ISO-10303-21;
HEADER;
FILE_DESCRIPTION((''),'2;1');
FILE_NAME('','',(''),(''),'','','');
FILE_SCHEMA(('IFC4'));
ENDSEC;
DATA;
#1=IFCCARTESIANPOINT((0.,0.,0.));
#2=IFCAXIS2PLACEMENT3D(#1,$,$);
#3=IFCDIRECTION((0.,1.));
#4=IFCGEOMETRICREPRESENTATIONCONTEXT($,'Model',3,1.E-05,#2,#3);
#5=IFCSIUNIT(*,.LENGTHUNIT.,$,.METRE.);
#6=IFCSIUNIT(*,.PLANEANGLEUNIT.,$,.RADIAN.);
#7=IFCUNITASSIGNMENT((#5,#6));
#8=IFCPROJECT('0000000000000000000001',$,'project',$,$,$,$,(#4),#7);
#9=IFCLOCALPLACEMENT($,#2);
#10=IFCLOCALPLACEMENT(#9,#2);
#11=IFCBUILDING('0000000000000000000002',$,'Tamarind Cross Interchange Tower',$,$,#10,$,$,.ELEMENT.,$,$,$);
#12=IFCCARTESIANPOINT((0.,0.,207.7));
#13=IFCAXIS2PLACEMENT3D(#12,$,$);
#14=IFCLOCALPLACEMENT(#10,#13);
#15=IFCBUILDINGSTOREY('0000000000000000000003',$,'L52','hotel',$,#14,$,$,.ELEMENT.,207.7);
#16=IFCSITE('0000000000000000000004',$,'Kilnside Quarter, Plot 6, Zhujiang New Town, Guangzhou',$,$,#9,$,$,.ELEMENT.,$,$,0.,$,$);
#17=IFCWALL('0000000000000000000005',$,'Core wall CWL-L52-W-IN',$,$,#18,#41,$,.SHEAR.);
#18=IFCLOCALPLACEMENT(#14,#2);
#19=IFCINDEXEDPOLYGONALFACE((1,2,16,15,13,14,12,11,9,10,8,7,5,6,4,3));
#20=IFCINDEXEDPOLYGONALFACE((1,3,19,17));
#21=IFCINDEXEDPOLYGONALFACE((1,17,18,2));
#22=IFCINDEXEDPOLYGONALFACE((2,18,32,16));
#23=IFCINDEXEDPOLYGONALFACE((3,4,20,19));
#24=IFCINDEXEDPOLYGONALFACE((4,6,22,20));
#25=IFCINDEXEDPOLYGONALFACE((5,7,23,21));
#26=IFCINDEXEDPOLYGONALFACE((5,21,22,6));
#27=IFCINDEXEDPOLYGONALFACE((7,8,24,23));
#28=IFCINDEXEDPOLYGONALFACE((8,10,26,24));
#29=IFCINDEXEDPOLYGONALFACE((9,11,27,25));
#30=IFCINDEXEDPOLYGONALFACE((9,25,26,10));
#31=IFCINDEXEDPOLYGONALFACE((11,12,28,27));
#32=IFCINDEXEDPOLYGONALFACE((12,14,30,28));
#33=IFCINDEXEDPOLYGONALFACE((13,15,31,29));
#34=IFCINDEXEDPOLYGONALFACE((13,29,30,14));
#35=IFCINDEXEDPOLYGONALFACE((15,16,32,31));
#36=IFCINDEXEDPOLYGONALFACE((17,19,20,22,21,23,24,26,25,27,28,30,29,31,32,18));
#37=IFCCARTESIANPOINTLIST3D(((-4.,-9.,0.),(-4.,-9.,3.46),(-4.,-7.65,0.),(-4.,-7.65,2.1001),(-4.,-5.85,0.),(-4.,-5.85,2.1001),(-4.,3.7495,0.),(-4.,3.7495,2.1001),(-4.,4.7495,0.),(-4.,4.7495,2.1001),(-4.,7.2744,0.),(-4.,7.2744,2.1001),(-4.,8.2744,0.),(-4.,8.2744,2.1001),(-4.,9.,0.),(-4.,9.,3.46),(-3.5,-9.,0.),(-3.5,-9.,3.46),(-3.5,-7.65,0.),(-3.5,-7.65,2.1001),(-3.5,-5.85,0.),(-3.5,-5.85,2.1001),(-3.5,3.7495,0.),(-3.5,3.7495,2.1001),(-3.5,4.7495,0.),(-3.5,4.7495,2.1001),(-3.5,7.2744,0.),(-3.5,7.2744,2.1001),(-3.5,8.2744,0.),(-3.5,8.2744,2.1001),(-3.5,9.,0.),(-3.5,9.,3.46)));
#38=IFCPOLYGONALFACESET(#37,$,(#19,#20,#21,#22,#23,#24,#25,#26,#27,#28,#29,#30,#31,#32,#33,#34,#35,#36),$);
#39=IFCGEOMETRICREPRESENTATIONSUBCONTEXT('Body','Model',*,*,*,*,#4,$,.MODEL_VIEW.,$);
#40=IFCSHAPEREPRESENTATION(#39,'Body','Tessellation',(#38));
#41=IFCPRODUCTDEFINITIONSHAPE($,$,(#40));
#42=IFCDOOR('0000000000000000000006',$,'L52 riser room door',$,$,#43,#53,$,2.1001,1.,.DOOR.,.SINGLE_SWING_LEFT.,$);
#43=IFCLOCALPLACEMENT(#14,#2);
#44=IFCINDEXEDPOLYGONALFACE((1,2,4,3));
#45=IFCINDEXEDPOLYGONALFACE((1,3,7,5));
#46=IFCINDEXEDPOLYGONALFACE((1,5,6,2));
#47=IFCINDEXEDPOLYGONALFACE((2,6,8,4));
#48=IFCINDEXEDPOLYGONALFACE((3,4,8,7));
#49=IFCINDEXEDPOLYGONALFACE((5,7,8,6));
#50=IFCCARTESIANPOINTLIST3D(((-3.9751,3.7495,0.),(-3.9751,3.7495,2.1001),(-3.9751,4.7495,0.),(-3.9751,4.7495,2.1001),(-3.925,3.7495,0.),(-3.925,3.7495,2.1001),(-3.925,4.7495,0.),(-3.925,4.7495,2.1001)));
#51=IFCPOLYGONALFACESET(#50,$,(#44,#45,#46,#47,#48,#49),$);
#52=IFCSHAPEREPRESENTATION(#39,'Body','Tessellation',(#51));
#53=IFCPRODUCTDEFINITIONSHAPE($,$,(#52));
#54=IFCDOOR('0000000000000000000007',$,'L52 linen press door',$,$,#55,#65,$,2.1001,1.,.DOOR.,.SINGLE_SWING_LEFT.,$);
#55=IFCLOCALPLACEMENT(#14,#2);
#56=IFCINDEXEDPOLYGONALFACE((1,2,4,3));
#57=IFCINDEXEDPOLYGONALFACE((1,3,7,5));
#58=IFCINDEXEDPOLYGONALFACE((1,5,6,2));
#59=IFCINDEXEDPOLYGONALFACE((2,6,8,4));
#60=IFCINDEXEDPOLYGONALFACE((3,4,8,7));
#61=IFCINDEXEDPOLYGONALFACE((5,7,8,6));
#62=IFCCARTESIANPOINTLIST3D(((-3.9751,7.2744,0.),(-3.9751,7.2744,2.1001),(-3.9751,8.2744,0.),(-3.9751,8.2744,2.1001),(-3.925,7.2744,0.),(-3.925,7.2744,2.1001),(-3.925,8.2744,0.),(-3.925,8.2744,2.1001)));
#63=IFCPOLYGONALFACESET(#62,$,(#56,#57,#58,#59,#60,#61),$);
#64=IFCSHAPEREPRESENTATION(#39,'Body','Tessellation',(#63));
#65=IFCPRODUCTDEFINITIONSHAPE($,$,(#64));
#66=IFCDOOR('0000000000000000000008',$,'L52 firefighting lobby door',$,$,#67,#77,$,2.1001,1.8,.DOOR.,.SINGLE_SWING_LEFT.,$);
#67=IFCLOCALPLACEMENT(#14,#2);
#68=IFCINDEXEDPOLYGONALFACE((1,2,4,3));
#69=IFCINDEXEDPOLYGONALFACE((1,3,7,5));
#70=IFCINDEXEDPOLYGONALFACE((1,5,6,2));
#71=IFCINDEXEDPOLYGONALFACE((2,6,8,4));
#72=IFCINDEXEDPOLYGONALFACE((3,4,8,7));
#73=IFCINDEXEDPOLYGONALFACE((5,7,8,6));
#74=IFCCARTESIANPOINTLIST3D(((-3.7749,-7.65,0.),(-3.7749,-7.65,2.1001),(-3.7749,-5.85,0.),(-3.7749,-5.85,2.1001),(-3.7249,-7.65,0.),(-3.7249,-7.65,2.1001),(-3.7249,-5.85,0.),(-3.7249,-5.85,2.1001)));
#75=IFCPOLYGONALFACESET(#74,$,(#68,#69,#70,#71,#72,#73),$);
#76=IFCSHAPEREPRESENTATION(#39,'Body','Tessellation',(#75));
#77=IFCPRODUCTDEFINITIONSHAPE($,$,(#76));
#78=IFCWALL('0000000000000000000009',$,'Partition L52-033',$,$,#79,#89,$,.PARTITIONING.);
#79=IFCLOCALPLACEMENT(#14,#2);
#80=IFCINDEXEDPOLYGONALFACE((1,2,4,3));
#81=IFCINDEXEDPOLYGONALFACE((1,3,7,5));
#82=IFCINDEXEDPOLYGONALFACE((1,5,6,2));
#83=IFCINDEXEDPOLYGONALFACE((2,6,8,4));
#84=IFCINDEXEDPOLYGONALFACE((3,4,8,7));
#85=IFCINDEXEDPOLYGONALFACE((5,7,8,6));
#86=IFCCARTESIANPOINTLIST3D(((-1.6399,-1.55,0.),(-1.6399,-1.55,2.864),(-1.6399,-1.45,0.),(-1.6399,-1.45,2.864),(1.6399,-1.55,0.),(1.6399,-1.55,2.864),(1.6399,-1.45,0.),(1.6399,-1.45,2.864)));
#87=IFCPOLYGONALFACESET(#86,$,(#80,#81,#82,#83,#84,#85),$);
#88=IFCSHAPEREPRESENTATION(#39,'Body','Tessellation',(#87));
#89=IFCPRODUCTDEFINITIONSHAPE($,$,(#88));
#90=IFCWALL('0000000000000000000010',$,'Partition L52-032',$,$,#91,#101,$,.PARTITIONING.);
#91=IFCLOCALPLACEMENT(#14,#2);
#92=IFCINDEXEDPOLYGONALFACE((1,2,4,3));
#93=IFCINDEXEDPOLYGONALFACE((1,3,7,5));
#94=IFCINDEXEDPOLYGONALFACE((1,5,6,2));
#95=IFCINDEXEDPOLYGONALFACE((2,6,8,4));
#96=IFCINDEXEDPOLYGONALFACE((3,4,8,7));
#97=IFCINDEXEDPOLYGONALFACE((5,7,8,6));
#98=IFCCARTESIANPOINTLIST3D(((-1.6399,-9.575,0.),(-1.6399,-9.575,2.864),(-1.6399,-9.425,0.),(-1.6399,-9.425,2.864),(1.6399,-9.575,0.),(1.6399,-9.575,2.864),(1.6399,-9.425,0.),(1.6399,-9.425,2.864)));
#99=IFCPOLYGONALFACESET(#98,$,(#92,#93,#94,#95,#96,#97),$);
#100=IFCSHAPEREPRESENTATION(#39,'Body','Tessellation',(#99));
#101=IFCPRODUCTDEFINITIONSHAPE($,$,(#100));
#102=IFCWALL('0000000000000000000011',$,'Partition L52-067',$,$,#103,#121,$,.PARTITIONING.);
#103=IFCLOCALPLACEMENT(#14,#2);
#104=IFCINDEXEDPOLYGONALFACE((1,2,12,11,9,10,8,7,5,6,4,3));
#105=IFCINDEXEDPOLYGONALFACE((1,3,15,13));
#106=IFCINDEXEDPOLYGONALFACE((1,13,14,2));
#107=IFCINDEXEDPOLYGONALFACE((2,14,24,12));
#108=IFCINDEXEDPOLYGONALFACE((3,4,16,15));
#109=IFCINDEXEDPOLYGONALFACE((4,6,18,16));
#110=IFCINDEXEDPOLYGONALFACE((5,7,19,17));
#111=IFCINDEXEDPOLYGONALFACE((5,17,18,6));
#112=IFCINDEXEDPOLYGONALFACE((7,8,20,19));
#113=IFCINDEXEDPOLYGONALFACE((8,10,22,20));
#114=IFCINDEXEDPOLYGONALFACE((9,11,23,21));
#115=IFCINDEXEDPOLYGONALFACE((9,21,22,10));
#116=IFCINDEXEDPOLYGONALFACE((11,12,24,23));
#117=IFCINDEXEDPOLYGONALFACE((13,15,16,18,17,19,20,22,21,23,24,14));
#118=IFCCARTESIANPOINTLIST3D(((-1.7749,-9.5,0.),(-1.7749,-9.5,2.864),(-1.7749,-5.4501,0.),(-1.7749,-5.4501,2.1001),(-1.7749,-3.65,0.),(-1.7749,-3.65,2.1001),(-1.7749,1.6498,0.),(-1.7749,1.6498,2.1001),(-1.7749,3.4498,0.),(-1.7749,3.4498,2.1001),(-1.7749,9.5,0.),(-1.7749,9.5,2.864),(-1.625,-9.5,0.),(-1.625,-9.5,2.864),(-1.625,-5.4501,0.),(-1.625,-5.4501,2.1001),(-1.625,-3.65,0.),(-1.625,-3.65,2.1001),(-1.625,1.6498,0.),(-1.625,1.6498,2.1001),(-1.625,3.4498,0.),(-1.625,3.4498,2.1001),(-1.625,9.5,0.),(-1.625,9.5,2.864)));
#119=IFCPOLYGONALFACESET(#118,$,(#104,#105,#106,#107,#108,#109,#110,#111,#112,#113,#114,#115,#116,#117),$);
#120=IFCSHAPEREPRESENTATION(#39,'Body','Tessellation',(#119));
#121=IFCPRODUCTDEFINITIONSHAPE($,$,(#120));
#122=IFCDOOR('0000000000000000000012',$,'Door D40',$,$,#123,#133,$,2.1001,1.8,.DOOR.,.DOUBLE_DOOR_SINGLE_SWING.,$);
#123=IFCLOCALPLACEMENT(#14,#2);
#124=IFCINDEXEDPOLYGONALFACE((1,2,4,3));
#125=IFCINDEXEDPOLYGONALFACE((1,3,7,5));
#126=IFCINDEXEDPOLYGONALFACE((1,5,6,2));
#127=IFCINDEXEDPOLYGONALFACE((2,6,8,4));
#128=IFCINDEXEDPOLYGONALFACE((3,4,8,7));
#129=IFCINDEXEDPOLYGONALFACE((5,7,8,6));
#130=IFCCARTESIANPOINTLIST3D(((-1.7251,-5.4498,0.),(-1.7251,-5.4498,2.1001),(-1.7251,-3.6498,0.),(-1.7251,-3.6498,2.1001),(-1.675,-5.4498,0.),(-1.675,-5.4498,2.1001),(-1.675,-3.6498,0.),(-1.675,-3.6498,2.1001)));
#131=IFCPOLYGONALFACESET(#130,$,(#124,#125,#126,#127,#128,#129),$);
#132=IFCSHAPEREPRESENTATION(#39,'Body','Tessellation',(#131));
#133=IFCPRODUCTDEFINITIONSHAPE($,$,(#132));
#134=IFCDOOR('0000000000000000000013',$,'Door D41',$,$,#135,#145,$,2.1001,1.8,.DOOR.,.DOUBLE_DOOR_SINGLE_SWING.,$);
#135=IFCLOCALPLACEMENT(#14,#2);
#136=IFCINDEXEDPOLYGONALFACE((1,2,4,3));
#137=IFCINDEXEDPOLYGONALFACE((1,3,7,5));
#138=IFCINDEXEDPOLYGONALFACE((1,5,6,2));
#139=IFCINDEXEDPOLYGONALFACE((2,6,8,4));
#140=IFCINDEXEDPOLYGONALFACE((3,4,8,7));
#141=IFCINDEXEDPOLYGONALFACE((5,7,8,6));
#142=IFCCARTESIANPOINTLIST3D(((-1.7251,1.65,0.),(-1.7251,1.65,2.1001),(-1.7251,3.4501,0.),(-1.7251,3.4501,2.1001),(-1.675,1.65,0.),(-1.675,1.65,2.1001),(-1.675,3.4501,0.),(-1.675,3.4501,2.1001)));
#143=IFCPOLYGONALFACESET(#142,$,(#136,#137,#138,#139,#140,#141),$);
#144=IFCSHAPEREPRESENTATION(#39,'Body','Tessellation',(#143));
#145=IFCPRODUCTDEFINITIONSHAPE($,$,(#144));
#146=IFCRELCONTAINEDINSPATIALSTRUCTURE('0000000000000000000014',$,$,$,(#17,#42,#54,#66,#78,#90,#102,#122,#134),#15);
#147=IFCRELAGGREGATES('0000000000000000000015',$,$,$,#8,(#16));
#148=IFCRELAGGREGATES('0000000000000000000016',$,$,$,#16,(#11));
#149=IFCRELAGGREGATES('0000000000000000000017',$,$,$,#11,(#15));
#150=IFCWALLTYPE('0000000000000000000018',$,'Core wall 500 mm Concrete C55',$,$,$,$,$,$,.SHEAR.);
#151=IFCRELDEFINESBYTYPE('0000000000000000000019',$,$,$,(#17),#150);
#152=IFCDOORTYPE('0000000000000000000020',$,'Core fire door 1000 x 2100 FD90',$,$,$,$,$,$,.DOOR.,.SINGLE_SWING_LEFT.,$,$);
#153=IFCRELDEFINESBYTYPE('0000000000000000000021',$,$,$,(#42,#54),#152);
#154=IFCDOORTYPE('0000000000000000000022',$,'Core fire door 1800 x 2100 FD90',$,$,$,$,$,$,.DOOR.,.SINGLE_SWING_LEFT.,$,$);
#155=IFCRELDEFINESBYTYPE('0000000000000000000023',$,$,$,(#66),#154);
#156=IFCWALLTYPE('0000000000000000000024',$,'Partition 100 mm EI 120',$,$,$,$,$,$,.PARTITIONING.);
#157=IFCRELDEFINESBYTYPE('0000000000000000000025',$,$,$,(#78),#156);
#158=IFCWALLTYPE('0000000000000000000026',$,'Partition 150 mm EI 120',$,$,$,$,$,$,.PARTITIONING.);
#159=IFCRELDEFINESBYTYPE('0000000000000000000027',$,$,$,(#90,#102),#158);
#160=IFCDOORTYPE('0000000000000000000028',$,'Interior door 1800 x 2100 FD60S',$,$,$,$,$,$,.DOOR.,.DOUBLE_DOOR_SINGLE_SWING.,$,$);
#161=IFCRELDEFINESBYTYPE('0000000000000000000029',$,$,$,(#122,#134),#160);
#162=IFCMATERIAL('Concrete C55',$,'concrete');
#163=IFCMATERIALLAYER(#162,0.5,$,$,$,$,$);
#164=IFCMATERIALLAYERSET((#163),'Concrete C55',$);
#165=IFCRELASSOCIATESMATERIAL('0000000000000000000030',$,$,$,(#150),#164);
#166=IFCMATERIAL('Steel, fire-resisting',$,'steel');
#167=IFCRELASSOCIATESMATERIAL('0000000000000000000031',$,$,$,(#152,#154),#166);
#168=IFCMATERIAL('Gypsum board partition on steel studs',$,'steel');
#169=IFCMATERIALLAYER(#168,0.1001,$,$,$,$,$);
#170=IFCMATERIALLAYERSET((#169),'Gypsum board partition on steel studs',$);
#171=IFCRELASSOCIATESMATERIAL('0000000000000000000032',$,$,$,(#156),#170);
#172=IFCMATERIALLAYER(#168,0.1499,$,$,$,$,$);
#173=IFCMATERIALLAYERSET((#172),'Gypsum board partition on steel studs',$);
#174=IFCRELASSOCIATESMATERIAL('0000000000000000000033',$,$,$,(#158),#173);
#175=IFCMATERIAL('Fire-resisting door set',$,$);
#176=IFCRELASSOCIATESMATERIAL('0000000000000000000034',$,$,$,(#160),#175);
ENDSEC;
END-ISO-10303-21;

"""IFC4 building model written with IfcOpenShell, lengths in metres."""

from ifc_helpers import new_model, si_unit, direction, frame, frame_2d, origin, place, context, subcontext, project, spatial, rectangle, extrude, material, layer, layer_set, type_object, element, fill, save


model = new_model("IFC4")

# Units and contexts
model_context = context("Model", 3, precision=1e-05, world=origin(), true_north=direction((0.0, 1.0)))
body_context = subcontext(model_context, "Body", "Model", "MODEL_VIEW")
ifc_project = project(units=[si_unit("LENGTHUNIT", "METRE"), si_unit("PLANEANGLEUNIT", "RADIAN")], contexts=[model_context])

# Site, building, storey
site_placement = place(None, origin())
site = spatial("IfcSite", under=ifc_project, at=site_placement, Name="Kilnside Quarter, Plot 6, Zhujiang New Town, Guangzhou", CompositionType="ELEMENT", RefElevation=0.0)
building_placement = place(site_placement, origin())
building = spatial("IfcBuilding", under=site, at=building_placement, Name="Tamarind Cross Interchange Tower", CompositionType="ELEMENT")
storey_placement = place(building_placement, frame((0.0, 0.0, 207.7)))
storey = spatial("IfcBuildingStorey", under=building, at=storey_placement, Name="L52", Description="hotel", CompositionType="ELEMENT", Elevation=207.7)

# Wall, openings, doors
ifc_material_1 = material(Name="Concrete C55", Category="concrete")
ifc_layer_1 = layer(ifc_material_1, 0.5)
ifc_layer_set_1 = layer_set([ifc_layer_1], Name="Concrete C55")
wall_type_1 = type_object("IfcWallType", Name="Core wall 500 mm Concrete C55", PredefinedType="SHEAR", material=ifc_layer_set_1)
wall_1_placement = place(storey_placement, frame((-3.75, -9.0, 0.0), z_axis=(0.0, 0.0, 1.0), x_axis=(0.0, 1.0, 0.0)))
wall_1 = element("IfcWall", 1, at=wall_1_placement, inside=storey, type_object=wall_type_1, Name="Core wall CWL-L52-W-IN", PredefinedType="SHEAR", context=body_context, shape_type="SweptSolid", body=[
    extrude(rectangle(XDim=18.0, YDim=0.5, at=frame_2d((9.0, 0.0))), origin(), (0.0, 0.0, 1.0), 3.46),
])
opening_1_placement = place(wall_1_placement, frame((1.3501, 0.0, 0.0)))
opening_1 = element("IfcOpeningElement", 2, at=opening_1_placement, cuts=wall_1, PredefinedType="OPENING", context=body_context, shape_type="SweptSolid", body=[
    extrude(rectangle(XDim=1.8, YDim=2.1001, at=frame_2d((0.8999, 1.05))), frame((0.0, 0.26, 0.0), z_axis=(0.0, -1.0, 0.0), x_axis=(1.0, 0.0, 0.0)), (0.0, 0.0, 1.0), 0.52),
])
opening_2_placement = place(wall_1_placement, frame((12.7495, 0.0, 0.0)))
opening_2 = element("IfcOpeningElement", 3, at=opening_2_placement, cuts=wall_1, PredefinedType="OPENING", context=body_context, shape_type="SweptSolid", body=[
    extrude(rectangle(XDim=1.0, YDim=2.1001, at=frame_2d((0.5, 1.05))), frame((0.0, 0.26, 0.0), z_axis=(0.0, -1.0, 0.0), x_axis=(1.0, 0.0, 0.0)), (0.0, 0.0, 1.0), 0.52),
])
opening_3_placement = place(wall_1_placement, frame((16.2744, 0.0, 0.0)))
opening_3 = element("IfcOpeningElement", 4, at=opening_3_placement, cuts=wall_1, PredefinedType="OPENING", context=body_context, shape_type="SweptSolid", body=[
    extrude(rectangle(XDim=1.0, YDim=2.1001, at=frame_2d((0.5, 1.05))), frame((0.0, 0.26, 0.0), z_axis=(0.0, -1.0, 0.0), x_axis=(1.0, 0.0, 0.0)), (0.0, 0.0, 1.0), 0.52),
])
ifc_material_2 = material(Name="Steel, fire-resisting", Category="steel")
door_type_1 = type_object("IfcDoorType", Name="Core fire door 1000 x 2100 FD90", OperationType="SINGLE_SWING_LEFT", PredefinedType="DOOR", material=ifc_material_2)
door_1_placement = place(opening_2_placement, origin())
door_1 = element("IfcDoor", 5, at=door_1_placement, inside=storey, type_object=door_type_1, Name="L52 riser room door", OperationType="SINGLE_SWING_LEFT", OverallHeight=2.1001, OverallWidth=1.0, PredefinedType="DOOR", context=body_context, shape_type="SweptSolid", body=[
    extrude(rectangle(XDim=1.0, YDim=2.1001, at=frame_2d((0.5, 1.05))), frame((0.0, 0.2251, 0.0), z_axis=(0.0, -1.0, 0.0), x_axis=(1.0, 0.0, 0.0)), (0.0, 0.0, 1.0), 0.05),
])
fill(opening_2, door_1)
door_2_placement = place(opening_3_placement, origin())
door_2 = element("IfcDoor", 6, at=door_2_placement, inside=storey, type_object=door_type_1, Name="L52 linen press door", OperationType="SINGLE_SWING_LEFT", OverallHeight=2.1001, OverallWidth=1.0, PredefinedType="DOOR", context=body_context, shape_type="SweptSolid", body=[
    extrude(rectangle(XDim=1.0, YDim=2.1001, at=frame_2d((0.5, 1.05))), frame((0.0, 0.2251, 0.0), z_axis=(0.0, -1.0, 0.0), x_axis=(1.0, 0.0, 0.0)), (0.0, 0.0, 1.0), 0.05),
])
fill(opening_3, door_2)
door_type_2 = type_object("IfcDoorType", Name="Core fire door 1800 x 2100 FD90", OperationType="SINGLE_SWING_LEFT", PredefinedType="DOOR", material=ifc_material_2)
door_3_placement = place(opening_1_placement, origin())
door_3 = element("IfcDoor", 7, at=door_3_placement, inside=storey, type_object=door_type_2, Name="L52 firefighting lobby door", OperationType="SINGLE_SWING_LEFT", OverallHeight=2.1001, OverallWidth=1.8, PredefinedType="DOOR", context=body_context, shape_type="SweptSolid", body=[
    extrude(rectangle(XDim=1.8, YDim=2.1001, at=frame_2d((0.8999, 1.05))), frame((0.0, 0.0249, 0.0), z_axis=(0.0, -1.0, 0.0), x_axis=(1.0, 0.0, 0.0)), (0.0, 0.0, 1.0), 0.05),
])
fill(opening_1, door_3)

# Walls
ifc_material_3 = material(Name="Gypsum board partition on steel studs", Category="steel")
ifc_layer_2 = layer(ifc_material_3, 0.1001)
ifc_layer_set_2 = layer_set([ifc_layer_2], Name="Gypsum board partition on steel studs")
wall_type_2 = type_object("IfcWallType", Name="Partition 100 mm EI 120", PredefinedType="PARTITIONING", material=ifc_layer_set_2)
wall_2_placement = place(storey_placement, frame((-1.6399, -1.5, 0.0), z_axis=(0.0, 0.0, 1.0), x_axis=(1.0, 0.0, 0.0)))
element("IfcWall", 8, at=wall_2_placement, inside=storey, type_object=wall_type_2, Name="Partition L52-033", PredefinedType="PARTITIONING", context=body_context, shape_type="SweptSolid", body=[
    extrude(rectangle(XDim=3.2798, YDim=0.1001, at=frame_2d((1.6399, 0.0))), origin(), (0.0, 0.0, 1.0), 2.864),
])
ifc_layer_3 = layer(ifc_material_3, 0.1499)
ifc_layer_set_3 = layer_set([ifc_layer_3], Name="Gypsum board partition on steel studs")
wall_type_3 = type_object("IfcWallType", Name="Partition 150 mm EI 120", PredefinedType="PARTITIONING", material=ifc_layer_set_3)
wall_3_placement = place(storey_placement, frame((-1.6399, -9.5, 0.0), z_axis=(0.0, 0.0, 1.0), x_axis=(1.0, 0.0, 0.0)))
element("IfcWall", 9, at=wall_3_placement, inside=storey, type_object=wall_type_3, Name="Partition L52-032", PredefinedType="PARTITIONING", context=body_context, shape_type="SweptSolid", body=[
    extrude(rectangle(XDim=3.2798, YDim=0.1499, at=frame_2d((1.6399, 0.0))), origin(), (0.0, 0.0, 1.0), 2.864),
])

# Wall, openings, doors
wall_4_placement = place(storey_placement, frame((-1.7, -9.5, 0.0), z_axis=(0.0, 0.0, 1.0), x_axis=(0.0, 1.0, 0.0)))
wall_4 = element("IfcWall", 10, at=wall_4_placement, inside=storey, type_object=wall_type_3, Name="Partition L52-067", PredefinedType="PARTITIONING", context=body_context, shape_type="SweptSolid", body=[
    extrude(rectangle(XDim=19.0, YDim=0.1499, at=frame_2d((9.5, 0.0))), origin(), (0.0, 0.0, 1.0), 2.864),
])
opening_4_placement = place(wall_4_placement, frame((4.05, 0.0, 0.0)))
opening_4 = element("IfcOpeningElement", 11, at=opening_4_placement, cuts=wall_4, PredefinedType="OPENING", context=body_context, shape_type="SweptSolid", body=[
    extrude(rectangle(XDim=1.8, YDim=2.1001, at=frame_2d((0.8999, 1.05))), frame((0.0, 0.085, 0.0), z_axis=(0.0, -1.0, 0.0), x_axis=(1.0, 0.0, 0.0)), (0.0, 0.0, 1.0), 0.1699),
])
opening_5_placement = place(wall_4_placement, frame((11.1499, 0.0, 0.0)))
opening_5 = element("IfcOpeningElement", 12, at=opening_5_placement, cuts=wall_4, PredefinedType="OPENING", context=body_context, shape_type="SweptSolid", body=[
    extrude(rectangle(XDim=1.8, YDim=2.1001, at=frame_2d((0.8999, 1.05))), frame((0.0, 0.085, 0.0), z_axis=(0.0, -1.0, 0.0), x_axis=(1.0, 0.0, 0.0)), (0.0, 0.0, 1.0), 0.1699),
])
ifc_material_4 = material(Name="Fire-resisting door set")
door_type_3 = type_object("IfcDoorType", Name="Interior door 1800 x 2100 FD60S", OperationType="DOUBLE_DOOR_SINGLE_SWING", PredefinedType="DOOR", material=ifc_material_4)
door_4_placement = place(opening_4_placement, frame((1.8, 0.0, 0.0), z_axis=(0.0, 0.0, 1.0), x_axis=(-1.0, 0.0, 0.0)))
door_4 = element("IfcDoor", 13, at=door_4_placement, inside=storey, type_object=door_type_3, Name="Door D40", OperationType="DOUBLE_DOOR_SINGLE_SWING", OverallHeight=2.1001, OverallWidth=1.8, PredefinedType="DOOR", context=body_context, shape_type="SweptSolid", body=[
    extrude(rectangle(XDim=1.8, YDim=2.1001, at=frame_2d((0.8999, 1.05))), frame((0.0, 0.0249, 0.0), z_axis=(0.0, -1.0, 0.0), x_axis=(1.0, 0.0, 0.0)), (0.0, 0.0, 1.0), 0.05),
])
fill(opening_4, door_4)
door_5_placement = place(opening_5_placement, frame((1.8, 0.0, 0.0), z_axis=(0.0, 0.0, 1.0), x_axis=(-1.0, 0.0, 0.0)))
door_5 = element("IfcDoor", 14, at=door_5_placement, inside=storey, type_object=door_type_3, Name="Door D41", OperationType="DOUBLE_DOOR_SINGLE_SWING", OverallHeight=2.1001, OverallWidth=1.8, PredefinedType="DOOR", context=body_context, shape_type="SweptSolid", body=[
    extrude(rectangle(XDim=1.8, YDim=2.1001, at=frame_2d((0.8999, 1.05))), frame((0.0, 0.0249, 0.0), z_axis=(0.0, -1.0, 0.0), x_axis=(1.0, 0.0, 0.0)), (0.0, 0.0, 1.0), 0.05),
])
fill(opening_5, door_5)

save(model, "model.ifc")
